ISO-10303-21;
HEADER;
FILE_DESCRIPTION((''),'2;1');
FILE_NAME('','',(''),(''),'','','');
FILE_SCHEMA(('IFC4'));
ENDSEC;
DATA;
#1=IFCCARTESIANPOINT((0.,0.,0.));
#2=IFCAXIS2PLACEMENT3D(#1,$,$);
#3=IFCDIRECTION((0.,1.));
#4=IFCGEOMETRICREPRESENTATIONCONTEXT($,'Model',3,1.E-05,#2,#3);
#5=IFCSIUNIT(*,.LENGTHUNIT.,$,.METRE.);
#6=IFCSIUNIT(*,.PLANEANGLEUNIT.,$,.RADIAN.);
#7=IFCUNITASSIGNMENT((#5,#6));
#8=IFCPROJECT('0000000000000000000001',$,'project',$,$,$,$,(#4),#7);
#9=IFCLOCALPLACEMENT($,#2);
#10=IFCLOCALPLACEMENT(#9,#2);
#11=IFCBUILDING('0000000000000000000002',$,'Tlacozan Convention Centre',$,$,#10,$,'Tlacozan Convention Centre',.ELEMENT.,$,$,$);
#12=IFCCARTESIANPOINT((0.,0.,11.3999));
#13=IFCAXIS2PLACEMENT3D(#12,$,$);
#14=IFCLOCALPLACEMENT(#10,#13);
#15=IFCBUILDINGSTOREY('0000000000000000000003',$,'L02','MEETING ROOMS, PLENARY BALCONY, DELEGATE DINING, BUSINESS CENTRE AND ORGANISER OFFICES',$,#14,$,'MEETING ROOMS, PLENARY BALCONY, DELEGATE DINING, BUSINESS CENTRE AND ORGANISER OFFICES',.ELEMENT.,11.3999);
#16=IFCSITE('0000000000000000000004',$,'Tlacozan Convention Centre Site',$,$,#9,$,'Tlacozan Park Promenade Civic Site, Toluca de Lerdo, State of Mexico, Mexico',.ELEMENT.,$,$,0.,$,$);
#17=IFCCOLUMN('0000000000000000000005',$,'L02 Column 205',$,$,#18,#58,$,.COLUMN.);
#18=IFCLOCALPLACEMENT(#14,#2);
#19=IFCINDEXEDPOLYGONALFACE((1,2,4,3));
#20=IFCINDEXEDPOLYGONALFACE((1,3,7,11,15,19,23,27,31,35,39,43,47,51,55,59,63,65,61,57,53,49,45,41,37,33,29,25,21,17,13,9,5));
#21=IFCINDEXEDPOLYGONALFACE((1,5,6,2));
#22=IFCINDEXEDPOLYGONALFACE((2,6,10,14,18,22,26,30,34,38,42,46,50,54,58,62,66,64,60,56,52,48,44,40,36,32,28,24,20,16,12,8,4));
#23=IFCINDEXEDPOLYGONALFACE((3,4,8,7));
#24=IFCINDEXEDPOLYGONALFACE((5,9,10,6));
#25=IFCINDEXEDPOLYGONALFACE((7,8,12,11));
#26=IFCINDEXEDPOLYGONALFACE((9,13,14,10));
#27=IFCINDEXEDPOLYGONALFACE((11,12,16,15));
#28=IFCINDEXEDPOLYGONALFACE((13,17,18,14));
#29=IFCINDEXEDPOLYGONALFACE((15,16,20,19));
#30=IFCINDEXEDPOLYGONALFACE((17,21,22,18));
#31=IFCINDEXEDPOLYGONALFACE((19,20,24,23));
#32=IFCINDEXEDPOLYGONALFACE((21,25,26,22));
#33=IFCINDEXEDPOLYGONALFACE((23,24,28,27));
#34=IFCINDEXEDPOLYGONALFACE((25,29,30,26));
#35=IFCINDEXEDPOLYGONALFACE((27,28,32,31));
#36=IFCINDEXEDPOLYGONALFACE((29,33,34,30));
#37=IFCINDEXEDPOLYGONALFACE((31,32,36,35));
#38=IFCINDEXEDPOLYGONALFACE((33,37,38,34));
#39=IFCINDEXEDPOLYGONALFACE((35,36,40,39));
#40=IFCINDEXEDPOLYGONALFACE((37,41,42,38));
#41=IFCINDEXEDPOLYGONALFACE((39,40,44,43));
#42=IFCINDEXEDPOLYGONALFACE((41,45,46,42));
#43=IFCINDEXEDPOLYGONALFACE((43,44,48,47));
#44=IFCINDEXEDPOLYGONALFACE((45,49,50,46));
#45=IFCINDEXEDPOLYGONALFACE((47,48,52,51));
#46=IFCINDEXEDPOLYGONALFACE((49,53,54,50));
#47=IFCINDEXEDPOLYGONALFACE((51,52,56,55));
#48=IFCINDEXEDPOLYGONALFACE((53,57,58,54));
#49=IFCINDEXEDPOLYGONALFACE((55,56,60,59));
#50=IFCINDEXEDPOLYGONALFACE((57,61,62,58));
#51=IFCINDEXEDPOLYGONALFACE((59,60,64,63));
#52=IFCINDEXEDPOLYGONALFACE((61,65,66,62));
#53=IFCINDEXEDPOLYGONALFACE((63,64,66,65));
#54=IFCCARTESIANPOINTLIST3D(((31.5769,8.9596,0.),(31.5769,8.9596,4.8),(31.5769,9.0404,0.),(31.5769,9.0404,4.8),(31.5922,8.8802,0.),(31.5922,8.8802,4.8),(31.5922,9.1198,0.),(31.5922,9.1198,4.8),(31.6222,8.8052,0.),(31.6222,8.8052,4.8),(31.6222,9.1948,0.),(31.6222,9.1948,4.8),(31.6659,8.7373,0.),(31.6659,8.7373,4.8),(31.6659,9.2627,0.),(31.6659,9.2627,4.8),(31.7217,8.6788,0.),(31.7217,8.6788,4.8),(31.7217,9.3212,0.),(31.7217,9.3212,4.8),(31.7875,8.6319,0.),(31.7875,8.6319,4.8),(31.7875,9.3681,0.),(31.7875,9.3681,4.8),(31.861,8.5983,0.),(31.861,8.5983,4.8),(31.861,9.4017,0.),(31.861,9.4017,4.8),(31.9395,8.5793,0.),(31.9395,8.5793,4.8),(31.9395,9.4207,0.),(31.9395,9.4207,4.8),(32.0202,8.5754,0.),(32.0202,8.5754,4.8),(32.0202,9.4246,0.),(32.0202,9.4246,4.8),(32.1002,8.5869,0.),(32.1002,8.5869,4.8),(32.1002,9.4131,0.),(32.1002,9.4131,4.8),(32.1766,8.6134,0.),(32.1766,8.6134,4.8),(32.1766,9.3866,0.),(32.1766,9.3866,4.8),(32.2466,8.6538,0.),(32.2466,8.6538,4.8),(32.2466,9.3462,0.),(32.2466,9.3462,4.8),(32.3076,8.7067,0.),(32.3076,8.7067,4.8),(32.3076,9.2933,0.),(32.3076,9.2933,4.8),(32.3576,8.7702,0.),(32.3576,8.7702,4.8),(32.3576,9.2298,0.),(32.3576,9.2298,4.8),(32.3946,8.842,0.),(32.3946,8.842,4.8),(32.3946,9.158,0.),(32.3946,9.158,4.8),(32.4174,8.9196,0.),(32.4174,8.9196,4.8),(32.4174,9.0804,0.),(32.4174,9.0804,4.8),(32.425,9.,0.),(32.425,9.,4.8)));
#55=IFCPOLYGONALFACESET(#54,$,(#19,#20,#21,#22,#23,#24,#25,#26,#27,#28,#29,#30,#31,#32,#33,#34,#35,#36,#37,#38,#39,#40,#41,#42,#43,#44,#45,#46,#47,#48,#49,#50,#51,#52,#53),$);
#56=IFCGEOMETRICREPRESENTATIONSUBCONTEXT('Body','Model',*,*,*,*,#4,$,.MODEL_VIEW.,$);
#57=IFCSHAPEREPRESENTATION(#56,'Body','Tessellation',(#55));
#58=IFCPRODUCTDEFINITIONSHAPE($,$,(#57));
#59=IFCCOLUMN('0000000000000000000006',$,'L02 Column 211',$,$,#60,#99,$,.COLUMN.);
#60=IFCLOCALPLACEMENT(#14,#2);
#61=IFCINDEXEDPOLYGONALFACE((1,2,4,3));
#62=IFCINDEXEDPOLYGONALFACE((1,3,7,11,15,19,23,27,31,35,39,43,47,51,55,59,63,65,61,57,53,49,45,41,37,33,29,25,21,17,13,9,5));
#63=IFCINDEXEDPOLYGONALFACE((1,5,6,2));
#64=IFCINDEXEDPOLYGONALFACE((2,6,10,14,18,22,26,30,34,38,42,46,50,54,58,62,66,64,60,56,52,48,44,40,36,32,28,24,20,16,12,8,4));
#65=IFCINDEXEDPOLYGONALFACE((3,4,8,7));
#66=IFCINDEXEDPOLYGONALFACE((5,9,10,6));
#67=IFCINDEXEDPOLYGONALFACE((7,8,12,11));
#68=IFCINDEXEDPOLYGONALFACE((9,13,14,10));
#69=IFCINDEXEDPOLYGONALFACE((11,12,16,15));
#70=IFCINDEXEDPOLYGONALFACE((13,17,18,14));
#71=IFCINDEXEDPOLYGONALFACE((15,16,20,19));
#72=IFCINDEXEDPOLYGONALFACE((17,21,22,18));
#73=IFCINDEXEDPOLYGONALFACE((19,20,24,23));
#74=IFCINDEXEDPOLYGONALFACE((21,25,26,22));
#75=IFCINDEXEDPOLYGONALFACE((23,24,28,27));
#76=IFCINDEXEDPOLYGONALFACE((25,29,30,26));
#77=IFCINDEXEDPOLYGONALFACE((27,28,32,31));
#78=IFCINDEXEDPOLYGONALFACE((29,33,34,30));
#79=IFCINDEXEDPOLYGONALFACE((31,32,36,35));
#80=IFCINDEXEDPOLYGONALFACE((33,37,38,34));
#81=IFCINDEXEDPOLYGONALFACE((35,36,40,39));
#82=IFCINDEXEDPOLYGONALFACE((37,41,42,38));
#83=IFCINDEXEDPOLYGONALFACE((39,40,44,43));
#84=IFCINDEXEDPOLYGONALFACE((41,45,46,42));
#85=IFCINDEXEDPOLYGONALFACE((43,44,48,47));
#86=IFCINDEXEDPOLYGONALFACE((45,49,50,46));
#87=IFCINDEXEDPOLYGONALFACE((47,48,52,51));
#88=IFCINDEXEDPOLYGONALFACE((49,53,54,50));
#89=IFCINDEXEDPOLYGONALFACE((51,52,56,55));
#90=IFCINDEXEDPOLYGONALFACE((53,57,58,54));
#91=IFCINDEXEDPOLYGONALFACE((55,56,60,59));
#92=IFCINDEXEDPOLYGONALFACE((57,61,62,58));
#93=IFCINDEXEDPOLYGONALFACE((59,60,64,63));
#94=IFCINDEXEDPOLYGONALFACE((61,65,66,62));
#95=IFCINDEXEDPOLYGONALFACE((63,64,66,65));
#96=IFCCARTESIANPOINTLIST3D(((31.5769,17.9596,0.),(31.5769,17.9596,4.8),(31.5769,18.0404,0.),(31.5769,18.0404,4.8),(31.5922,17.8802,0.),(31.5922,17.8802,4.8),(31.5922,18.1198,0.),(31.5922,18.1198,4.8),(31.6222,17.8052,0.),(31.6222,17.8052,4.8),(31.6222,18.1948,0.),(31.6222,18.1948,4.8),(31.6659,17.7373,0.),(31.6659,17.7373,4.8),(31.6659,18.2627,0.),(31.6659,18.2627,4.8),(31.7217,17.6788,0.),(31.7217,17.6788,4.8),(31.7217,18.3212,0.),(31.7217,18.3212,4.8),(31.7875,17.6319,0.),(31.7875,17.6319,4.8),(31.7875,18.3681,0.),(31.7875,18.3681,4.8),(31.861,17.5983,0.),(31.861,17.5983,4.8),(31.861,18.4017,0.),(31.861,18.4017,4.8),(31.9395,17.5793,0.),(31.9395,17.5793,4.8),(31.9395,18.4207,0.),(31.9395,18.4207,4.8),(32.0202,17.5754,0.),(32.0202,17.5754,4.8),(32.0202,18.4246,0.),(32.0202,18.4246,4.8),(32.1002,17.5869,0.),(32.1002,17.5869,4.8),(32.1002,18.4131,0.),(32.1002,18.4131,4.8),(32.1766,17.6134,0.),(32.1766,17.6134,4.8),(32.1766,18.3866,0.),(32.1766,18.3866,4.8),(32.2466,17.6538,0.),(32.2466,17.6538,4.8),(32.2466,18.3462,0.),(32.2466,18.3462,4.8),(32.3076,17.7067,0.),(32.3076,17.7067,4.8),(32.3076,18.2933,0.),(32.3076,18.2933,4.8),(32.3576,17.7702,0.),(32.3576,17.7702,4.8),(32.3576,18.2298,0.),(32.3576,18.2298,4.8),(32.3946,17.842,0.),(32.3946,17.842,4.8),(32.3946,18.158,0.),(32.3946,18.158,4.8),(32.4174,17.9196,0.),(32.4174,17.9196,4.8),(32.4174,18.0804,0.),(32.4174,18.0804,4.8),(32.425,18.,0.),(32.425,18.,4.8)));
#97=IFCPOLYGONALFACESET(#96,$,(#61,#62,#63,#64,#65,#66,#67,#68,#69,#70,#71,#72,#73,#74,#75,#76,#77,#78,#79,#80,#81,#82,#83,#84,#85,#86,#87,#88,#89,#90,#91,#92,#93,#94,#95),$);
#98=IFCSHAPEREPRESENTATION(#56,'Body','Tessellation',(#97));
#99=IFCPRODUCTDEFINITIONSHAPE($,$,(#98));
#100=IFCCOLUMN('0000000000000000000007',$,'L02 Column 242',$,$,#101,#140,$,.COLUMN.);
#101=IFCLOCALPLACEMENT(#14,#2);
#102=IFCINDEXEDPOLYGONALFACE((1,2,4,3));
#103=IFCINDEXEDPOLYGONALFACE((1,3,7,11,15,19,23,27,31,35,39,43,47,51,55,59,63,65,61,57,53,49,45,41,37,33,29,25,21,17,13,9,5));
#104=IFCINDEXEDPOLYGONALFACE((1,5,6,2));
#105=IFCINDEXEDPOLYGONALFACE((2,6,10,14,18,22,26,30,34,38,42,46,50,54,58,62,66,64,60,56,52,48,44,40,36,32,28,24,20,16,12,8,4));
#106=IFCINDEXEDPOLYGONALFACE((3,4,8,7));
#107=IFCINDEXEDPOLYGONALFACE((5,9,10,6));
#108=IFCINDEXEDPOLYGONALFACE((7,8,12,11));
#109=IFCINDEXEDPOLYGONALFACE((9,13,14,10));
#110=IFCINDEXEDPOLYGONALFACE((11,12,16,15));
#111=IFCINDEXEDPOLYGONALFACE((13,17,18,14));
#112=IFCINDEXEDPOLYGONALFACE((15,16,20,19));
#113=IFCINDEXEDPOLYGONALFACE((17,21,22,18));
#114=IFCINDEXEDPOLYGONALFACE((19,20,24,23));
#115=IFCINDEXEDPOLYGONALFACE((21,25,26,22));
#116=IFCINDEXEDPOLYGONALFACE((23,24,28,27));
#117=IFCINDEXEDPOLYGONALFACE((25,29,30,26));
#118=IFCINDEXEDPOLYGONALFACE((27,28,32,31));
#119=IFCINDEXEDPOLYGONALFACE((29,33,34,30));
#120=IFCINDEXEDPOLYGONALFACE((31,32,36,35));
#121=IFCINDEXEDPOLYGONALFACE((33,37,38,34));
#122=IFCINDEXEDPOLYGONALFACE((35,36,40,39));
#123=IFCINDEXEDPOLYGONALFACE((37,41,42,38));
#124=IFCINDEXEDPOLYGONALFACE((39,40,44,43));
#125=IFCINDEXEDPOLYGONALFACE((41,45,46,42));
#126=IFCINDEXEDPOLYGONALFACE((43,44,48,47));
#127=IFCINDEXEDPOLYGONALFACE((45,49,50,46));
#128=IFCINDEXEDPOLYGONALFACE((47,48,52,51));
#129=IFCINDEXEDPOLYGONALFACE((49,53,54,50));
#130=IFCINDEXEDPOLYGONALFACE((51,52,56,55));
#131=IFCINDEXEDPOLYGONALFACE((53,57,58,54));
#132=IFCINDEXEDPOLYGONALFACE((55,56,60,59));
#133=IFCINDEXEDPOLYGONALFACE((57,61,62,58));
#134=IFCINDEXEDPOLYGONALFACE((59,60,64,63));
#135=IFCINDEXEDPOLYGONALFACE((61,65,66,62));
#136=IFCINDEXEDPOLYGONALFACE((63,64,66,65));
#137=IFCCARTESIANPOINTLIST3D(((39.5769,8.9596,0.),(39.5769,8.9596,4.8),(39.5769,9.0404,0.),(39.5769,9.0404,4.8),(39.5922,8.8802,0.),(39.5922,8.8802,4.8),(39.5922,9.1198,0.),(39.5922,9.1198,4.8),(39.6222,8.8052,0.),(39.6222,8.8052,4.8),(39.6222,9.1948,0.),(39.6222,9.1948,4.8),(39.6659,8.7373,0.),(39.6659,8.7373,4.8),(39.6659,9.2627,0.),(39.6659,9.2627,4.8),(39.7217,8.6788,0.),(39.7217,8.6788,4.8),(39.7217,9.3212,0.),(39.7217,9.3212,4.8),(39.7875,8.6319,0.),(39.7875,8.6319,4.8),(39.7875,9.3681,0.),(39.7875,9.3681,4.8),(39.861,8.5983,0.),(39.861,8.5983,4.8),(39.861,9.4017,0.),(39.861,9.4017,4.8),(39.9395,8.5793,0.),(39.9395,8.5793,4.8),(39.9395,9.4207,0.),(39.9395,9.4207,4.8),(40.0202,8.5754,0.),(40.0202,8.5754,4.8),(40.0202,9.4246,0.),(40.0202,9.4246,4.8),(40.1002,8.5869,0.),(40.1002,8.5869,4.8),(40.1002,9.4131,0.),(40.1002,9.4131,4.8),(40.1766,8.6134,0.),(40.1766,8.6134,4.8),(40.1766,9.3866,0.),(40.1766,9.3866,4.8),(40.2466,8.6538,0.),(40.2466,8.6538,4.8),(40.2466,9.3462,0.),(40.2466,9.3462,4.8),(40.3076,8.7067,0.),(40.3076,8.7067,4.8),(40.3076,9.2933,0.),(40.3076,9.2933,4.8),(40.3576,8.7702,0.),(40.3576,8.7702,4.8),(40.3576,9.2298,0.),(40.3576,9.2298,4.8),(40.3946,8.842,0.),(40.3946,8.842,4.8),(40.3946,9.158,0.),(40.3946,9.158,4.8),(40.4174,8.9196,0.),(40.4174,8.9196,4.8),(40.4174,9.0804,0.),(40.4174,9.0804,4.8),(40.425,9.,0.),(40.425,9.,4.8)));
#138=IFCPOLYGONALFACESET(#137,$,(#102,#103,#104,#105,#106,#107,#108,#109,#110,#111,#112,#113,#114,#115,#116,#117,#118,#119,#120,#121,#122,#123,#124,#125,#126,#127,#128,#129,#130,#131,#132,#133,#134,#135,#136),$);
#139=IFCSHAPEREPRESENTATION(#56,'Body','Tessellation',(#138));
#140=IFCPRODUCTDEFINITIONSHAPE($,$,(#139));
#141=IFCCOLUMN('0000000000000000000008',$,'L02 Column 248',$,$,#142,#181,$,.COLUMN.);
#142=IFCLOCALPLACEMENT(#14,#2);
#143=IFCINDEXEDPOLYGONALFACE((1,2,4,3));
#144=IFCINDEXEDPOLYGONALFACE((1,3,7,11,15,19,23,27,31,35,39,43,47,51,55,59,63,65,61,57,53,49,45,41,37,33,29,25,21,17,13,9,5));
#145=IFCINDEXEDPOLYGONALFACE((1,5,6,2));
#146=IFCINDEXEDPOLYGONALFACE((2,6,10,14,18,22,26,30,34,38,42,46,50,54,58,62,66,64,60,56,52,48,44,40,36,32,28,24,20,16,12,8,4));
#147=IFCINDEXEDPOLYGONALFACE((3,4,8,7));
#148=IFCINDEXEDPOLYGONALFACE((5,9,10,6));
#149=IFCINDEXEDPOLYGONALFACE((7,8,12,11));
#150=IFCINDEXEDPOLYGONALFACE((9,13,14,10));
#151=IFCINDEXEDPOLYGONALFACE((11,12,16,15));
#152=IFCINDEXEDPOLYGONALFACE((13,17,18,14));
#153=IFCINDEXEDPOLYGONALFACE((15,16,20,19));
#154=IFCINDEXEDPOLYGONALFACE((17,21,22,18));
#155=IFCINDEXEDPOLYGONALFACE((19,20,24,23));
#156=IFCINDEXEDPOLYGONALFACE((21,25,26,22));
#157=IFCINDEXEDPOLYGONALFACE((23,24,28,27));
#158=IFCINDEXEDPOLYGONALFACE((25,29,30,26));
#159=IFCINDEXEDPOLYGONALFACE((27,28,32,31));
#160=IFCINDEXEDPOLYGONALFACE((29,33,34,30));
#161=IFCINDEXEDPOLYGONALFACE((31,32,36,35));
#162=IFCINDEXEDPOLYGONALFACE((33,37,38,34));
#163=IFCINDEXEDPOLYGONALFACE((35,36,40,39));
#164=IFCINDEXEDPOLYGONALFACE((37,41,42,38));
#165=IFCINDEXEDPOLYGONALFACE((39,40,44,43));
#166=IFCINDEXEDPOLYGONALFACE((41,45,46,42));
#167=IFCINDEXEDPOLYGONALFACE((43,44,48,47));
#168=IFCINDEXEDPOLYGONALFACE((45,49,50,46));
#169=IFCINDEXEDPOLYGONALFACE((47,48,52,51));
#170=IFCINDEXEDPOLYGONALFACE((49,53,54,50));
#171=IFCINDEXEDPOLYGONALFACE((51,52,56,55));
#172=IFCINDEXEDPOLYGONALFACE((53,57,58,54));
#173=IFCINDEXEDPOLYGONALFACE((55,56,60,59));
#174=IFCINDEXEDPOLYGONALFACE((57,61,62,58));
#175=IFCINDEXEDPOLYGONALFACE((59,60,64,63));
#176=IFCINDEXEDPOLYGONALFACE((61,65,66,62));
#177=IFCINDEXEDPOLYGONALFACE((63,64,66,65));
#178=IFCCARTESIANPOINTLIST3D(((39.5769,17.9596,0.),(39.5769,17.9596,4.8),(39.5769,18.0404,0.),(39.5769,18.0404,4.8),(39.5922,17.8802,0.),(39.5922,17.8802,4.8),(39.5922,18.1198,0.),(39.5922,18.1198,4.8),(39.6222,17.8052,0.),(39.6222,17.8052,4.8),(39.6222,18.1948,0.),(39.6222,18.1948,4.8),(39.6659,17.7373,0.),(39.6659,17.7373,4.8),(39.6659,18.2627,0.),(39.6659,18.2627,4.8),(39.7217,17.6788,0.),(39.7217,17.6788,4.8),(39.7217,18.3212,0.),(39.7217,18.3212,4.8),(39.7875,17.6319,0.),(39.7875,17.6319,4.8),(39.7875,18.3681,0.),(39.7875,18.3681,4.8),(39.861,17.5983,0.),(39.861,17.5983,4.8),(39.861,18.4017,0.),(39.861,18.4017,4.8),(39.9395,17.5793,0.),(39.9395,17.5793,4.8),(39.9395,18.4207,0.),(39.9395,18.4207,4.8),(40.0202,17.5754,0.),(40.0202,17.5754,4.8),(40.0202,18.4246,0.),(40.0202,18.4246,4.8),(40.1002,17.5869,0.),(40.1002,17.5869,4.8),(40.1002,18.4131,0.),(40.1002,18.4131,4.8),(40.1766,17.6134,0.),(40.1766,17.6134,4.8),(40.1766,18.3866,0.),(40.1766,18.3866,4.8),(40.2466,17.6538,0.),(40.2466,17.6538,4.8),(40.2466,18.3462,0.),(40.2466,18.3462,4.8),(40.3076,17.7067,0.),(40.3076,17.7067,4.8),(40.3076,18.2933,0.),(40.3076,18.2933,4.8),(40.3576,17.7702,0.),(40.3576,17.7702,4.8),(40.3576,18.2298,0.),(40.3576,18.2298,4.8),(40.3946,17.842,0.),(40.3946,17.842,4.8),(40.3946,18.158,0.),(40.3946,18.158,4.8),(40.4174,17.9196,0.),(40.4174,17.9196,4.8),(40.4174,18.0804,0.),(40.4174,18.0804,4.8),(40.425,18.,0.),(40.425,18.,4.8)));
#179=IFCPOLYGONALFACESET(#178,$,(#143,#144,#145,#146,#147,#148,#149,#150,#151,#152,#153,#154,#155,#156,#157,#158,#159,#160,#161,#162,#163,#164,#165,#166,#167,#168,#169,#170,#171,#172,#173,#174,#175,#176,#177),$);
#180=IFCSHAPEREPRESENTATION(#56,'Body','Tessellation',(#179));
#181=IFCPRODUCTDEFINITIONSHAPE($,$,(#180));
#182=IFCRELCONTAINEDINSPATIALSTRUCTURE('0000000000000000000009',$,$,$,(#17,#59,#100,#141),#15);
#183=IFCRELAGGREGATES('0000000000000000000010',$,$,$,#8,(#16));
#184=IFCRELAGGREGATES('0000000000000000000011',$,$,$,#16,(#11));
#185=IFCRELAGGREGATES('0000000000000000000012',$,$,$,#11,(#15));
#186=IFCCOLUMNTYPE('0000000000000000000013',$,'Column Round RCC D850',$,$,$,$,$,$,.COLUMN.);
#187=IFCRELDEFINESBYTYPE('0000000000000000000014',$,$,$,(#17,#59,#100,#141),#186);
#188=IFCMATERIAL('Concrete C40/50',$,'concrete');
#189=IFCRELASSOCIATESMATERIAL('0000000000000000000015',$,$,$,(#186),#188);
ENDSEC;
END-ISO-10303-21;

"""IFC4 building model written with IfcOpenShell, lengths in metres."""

from ifc_helpers import new_model, si_unit, direction, frame, origin, origin_2d, place, context, subcontext, project, spatial, circle, extrude, material, material_profile, profile_set, type_object, element, save


model = new_model("IFC4")

# Units and contexts
model_context = context("Model", 3, precision=1e-05, world=origin(), true_north=direction((0.0, 1.0)))
body_context = subcontext(model_context, "Body", "Model", "MODEL_VIEW")
ifc_project = project(units=[si_unit("LENGTHUNIT", "METRE"), si_unit("PLANEANGLEUNIT", "RADIAN")], contexts=[model_context])

# Site, building, storey
site_placement = place(None, origin())
site = spatial("IfcSite", under=ifc_project, at=site_placement, Name="Tlacozan Convention Centre Site", LongName="Tlacozan Park Promenade Civic Site, Toluca de Lerdo, State of Mexico, Mexico", CompositionType="ELEMENT", RefElevation=0.0)
building_placement = place(site_placement, origin())
building = spatial("IfcBuilding", under=site, at=building_placement, Name="Tlacozan Convention Centre", LongName="Tlacozan Convention Centre", CompositionType="ELEMENT")
storey_placement = place(building_placement, frame((0.0, 0.0, 11.3999)))
storey = spatial("IfcBuildingStorey", under=building, at=storey_placement, Name="L02", Description="MEETING ROOMS, PLENARY BALCONY, DELEGATE DINING, BUSINESS CENTRE AND ORGANISER OFFICES", LongName="MEETING ROOMS, PLENARY BALCONY, DELEGATE DINING, BUSINESS CENTRE AND ORGANISER OFFICES", CompositionType="ELEMENT", Elevation=11.3999)

# Columns
ifc_material_1 = material(Name="Concrete C40/50", Category="concrete")
ifc_material_profile_1 = material_profile(ifc_material_1, circle(Radius=0.425, at=origin_2d()), Name="RCC D850")
ifc_profile_set_1 = profile_set([ifc_material_profile_1], Name="Concrete C40/50")
column_type = type_object("IfcColumnType", Name="Column Round RCC D850", PredefinedType="COLUMN", material=ifc_profile_set_1)
for number, where, z_axis, x_axis, name in (
    (1, (32.0, 9.0, 0.0), (0.0, 0.0, 1.0), (1.0, 0.0, 0.0), "L02 Column 205"),
    (2, (32.0, 18.0, 0.0), (0.0, 0.0, 1.0), (1.0, 0.0, 0.0), "L02 Column 211"),
    (3, (40.0, 9.0, 0.0), (0.0, 0.0, 1.0), (1.0, 0.0, 0.0), "L02 Column 242"),
    (4, (40.0, 18.0, 0.0), (0.0, 0.0, 1.0), (1.0, 0.0, 0.0), "L02 Column 248"),
):
    element("IfcColumn", number, at=place(storey_placement, frame(where, z_axis=z_axis, x_axis=x_axis)), inside=storey, type_object=column_type, Name=name, PredefinedType="COLUMN", context=body_context, shape_type="SweptSolid", body=[
        extrude(circle(Radius=0.425, at=origin_2d()), origin(), (0.0, 0.0, 1.0), 4.8),
    ])

save(model, "model.ifc")
